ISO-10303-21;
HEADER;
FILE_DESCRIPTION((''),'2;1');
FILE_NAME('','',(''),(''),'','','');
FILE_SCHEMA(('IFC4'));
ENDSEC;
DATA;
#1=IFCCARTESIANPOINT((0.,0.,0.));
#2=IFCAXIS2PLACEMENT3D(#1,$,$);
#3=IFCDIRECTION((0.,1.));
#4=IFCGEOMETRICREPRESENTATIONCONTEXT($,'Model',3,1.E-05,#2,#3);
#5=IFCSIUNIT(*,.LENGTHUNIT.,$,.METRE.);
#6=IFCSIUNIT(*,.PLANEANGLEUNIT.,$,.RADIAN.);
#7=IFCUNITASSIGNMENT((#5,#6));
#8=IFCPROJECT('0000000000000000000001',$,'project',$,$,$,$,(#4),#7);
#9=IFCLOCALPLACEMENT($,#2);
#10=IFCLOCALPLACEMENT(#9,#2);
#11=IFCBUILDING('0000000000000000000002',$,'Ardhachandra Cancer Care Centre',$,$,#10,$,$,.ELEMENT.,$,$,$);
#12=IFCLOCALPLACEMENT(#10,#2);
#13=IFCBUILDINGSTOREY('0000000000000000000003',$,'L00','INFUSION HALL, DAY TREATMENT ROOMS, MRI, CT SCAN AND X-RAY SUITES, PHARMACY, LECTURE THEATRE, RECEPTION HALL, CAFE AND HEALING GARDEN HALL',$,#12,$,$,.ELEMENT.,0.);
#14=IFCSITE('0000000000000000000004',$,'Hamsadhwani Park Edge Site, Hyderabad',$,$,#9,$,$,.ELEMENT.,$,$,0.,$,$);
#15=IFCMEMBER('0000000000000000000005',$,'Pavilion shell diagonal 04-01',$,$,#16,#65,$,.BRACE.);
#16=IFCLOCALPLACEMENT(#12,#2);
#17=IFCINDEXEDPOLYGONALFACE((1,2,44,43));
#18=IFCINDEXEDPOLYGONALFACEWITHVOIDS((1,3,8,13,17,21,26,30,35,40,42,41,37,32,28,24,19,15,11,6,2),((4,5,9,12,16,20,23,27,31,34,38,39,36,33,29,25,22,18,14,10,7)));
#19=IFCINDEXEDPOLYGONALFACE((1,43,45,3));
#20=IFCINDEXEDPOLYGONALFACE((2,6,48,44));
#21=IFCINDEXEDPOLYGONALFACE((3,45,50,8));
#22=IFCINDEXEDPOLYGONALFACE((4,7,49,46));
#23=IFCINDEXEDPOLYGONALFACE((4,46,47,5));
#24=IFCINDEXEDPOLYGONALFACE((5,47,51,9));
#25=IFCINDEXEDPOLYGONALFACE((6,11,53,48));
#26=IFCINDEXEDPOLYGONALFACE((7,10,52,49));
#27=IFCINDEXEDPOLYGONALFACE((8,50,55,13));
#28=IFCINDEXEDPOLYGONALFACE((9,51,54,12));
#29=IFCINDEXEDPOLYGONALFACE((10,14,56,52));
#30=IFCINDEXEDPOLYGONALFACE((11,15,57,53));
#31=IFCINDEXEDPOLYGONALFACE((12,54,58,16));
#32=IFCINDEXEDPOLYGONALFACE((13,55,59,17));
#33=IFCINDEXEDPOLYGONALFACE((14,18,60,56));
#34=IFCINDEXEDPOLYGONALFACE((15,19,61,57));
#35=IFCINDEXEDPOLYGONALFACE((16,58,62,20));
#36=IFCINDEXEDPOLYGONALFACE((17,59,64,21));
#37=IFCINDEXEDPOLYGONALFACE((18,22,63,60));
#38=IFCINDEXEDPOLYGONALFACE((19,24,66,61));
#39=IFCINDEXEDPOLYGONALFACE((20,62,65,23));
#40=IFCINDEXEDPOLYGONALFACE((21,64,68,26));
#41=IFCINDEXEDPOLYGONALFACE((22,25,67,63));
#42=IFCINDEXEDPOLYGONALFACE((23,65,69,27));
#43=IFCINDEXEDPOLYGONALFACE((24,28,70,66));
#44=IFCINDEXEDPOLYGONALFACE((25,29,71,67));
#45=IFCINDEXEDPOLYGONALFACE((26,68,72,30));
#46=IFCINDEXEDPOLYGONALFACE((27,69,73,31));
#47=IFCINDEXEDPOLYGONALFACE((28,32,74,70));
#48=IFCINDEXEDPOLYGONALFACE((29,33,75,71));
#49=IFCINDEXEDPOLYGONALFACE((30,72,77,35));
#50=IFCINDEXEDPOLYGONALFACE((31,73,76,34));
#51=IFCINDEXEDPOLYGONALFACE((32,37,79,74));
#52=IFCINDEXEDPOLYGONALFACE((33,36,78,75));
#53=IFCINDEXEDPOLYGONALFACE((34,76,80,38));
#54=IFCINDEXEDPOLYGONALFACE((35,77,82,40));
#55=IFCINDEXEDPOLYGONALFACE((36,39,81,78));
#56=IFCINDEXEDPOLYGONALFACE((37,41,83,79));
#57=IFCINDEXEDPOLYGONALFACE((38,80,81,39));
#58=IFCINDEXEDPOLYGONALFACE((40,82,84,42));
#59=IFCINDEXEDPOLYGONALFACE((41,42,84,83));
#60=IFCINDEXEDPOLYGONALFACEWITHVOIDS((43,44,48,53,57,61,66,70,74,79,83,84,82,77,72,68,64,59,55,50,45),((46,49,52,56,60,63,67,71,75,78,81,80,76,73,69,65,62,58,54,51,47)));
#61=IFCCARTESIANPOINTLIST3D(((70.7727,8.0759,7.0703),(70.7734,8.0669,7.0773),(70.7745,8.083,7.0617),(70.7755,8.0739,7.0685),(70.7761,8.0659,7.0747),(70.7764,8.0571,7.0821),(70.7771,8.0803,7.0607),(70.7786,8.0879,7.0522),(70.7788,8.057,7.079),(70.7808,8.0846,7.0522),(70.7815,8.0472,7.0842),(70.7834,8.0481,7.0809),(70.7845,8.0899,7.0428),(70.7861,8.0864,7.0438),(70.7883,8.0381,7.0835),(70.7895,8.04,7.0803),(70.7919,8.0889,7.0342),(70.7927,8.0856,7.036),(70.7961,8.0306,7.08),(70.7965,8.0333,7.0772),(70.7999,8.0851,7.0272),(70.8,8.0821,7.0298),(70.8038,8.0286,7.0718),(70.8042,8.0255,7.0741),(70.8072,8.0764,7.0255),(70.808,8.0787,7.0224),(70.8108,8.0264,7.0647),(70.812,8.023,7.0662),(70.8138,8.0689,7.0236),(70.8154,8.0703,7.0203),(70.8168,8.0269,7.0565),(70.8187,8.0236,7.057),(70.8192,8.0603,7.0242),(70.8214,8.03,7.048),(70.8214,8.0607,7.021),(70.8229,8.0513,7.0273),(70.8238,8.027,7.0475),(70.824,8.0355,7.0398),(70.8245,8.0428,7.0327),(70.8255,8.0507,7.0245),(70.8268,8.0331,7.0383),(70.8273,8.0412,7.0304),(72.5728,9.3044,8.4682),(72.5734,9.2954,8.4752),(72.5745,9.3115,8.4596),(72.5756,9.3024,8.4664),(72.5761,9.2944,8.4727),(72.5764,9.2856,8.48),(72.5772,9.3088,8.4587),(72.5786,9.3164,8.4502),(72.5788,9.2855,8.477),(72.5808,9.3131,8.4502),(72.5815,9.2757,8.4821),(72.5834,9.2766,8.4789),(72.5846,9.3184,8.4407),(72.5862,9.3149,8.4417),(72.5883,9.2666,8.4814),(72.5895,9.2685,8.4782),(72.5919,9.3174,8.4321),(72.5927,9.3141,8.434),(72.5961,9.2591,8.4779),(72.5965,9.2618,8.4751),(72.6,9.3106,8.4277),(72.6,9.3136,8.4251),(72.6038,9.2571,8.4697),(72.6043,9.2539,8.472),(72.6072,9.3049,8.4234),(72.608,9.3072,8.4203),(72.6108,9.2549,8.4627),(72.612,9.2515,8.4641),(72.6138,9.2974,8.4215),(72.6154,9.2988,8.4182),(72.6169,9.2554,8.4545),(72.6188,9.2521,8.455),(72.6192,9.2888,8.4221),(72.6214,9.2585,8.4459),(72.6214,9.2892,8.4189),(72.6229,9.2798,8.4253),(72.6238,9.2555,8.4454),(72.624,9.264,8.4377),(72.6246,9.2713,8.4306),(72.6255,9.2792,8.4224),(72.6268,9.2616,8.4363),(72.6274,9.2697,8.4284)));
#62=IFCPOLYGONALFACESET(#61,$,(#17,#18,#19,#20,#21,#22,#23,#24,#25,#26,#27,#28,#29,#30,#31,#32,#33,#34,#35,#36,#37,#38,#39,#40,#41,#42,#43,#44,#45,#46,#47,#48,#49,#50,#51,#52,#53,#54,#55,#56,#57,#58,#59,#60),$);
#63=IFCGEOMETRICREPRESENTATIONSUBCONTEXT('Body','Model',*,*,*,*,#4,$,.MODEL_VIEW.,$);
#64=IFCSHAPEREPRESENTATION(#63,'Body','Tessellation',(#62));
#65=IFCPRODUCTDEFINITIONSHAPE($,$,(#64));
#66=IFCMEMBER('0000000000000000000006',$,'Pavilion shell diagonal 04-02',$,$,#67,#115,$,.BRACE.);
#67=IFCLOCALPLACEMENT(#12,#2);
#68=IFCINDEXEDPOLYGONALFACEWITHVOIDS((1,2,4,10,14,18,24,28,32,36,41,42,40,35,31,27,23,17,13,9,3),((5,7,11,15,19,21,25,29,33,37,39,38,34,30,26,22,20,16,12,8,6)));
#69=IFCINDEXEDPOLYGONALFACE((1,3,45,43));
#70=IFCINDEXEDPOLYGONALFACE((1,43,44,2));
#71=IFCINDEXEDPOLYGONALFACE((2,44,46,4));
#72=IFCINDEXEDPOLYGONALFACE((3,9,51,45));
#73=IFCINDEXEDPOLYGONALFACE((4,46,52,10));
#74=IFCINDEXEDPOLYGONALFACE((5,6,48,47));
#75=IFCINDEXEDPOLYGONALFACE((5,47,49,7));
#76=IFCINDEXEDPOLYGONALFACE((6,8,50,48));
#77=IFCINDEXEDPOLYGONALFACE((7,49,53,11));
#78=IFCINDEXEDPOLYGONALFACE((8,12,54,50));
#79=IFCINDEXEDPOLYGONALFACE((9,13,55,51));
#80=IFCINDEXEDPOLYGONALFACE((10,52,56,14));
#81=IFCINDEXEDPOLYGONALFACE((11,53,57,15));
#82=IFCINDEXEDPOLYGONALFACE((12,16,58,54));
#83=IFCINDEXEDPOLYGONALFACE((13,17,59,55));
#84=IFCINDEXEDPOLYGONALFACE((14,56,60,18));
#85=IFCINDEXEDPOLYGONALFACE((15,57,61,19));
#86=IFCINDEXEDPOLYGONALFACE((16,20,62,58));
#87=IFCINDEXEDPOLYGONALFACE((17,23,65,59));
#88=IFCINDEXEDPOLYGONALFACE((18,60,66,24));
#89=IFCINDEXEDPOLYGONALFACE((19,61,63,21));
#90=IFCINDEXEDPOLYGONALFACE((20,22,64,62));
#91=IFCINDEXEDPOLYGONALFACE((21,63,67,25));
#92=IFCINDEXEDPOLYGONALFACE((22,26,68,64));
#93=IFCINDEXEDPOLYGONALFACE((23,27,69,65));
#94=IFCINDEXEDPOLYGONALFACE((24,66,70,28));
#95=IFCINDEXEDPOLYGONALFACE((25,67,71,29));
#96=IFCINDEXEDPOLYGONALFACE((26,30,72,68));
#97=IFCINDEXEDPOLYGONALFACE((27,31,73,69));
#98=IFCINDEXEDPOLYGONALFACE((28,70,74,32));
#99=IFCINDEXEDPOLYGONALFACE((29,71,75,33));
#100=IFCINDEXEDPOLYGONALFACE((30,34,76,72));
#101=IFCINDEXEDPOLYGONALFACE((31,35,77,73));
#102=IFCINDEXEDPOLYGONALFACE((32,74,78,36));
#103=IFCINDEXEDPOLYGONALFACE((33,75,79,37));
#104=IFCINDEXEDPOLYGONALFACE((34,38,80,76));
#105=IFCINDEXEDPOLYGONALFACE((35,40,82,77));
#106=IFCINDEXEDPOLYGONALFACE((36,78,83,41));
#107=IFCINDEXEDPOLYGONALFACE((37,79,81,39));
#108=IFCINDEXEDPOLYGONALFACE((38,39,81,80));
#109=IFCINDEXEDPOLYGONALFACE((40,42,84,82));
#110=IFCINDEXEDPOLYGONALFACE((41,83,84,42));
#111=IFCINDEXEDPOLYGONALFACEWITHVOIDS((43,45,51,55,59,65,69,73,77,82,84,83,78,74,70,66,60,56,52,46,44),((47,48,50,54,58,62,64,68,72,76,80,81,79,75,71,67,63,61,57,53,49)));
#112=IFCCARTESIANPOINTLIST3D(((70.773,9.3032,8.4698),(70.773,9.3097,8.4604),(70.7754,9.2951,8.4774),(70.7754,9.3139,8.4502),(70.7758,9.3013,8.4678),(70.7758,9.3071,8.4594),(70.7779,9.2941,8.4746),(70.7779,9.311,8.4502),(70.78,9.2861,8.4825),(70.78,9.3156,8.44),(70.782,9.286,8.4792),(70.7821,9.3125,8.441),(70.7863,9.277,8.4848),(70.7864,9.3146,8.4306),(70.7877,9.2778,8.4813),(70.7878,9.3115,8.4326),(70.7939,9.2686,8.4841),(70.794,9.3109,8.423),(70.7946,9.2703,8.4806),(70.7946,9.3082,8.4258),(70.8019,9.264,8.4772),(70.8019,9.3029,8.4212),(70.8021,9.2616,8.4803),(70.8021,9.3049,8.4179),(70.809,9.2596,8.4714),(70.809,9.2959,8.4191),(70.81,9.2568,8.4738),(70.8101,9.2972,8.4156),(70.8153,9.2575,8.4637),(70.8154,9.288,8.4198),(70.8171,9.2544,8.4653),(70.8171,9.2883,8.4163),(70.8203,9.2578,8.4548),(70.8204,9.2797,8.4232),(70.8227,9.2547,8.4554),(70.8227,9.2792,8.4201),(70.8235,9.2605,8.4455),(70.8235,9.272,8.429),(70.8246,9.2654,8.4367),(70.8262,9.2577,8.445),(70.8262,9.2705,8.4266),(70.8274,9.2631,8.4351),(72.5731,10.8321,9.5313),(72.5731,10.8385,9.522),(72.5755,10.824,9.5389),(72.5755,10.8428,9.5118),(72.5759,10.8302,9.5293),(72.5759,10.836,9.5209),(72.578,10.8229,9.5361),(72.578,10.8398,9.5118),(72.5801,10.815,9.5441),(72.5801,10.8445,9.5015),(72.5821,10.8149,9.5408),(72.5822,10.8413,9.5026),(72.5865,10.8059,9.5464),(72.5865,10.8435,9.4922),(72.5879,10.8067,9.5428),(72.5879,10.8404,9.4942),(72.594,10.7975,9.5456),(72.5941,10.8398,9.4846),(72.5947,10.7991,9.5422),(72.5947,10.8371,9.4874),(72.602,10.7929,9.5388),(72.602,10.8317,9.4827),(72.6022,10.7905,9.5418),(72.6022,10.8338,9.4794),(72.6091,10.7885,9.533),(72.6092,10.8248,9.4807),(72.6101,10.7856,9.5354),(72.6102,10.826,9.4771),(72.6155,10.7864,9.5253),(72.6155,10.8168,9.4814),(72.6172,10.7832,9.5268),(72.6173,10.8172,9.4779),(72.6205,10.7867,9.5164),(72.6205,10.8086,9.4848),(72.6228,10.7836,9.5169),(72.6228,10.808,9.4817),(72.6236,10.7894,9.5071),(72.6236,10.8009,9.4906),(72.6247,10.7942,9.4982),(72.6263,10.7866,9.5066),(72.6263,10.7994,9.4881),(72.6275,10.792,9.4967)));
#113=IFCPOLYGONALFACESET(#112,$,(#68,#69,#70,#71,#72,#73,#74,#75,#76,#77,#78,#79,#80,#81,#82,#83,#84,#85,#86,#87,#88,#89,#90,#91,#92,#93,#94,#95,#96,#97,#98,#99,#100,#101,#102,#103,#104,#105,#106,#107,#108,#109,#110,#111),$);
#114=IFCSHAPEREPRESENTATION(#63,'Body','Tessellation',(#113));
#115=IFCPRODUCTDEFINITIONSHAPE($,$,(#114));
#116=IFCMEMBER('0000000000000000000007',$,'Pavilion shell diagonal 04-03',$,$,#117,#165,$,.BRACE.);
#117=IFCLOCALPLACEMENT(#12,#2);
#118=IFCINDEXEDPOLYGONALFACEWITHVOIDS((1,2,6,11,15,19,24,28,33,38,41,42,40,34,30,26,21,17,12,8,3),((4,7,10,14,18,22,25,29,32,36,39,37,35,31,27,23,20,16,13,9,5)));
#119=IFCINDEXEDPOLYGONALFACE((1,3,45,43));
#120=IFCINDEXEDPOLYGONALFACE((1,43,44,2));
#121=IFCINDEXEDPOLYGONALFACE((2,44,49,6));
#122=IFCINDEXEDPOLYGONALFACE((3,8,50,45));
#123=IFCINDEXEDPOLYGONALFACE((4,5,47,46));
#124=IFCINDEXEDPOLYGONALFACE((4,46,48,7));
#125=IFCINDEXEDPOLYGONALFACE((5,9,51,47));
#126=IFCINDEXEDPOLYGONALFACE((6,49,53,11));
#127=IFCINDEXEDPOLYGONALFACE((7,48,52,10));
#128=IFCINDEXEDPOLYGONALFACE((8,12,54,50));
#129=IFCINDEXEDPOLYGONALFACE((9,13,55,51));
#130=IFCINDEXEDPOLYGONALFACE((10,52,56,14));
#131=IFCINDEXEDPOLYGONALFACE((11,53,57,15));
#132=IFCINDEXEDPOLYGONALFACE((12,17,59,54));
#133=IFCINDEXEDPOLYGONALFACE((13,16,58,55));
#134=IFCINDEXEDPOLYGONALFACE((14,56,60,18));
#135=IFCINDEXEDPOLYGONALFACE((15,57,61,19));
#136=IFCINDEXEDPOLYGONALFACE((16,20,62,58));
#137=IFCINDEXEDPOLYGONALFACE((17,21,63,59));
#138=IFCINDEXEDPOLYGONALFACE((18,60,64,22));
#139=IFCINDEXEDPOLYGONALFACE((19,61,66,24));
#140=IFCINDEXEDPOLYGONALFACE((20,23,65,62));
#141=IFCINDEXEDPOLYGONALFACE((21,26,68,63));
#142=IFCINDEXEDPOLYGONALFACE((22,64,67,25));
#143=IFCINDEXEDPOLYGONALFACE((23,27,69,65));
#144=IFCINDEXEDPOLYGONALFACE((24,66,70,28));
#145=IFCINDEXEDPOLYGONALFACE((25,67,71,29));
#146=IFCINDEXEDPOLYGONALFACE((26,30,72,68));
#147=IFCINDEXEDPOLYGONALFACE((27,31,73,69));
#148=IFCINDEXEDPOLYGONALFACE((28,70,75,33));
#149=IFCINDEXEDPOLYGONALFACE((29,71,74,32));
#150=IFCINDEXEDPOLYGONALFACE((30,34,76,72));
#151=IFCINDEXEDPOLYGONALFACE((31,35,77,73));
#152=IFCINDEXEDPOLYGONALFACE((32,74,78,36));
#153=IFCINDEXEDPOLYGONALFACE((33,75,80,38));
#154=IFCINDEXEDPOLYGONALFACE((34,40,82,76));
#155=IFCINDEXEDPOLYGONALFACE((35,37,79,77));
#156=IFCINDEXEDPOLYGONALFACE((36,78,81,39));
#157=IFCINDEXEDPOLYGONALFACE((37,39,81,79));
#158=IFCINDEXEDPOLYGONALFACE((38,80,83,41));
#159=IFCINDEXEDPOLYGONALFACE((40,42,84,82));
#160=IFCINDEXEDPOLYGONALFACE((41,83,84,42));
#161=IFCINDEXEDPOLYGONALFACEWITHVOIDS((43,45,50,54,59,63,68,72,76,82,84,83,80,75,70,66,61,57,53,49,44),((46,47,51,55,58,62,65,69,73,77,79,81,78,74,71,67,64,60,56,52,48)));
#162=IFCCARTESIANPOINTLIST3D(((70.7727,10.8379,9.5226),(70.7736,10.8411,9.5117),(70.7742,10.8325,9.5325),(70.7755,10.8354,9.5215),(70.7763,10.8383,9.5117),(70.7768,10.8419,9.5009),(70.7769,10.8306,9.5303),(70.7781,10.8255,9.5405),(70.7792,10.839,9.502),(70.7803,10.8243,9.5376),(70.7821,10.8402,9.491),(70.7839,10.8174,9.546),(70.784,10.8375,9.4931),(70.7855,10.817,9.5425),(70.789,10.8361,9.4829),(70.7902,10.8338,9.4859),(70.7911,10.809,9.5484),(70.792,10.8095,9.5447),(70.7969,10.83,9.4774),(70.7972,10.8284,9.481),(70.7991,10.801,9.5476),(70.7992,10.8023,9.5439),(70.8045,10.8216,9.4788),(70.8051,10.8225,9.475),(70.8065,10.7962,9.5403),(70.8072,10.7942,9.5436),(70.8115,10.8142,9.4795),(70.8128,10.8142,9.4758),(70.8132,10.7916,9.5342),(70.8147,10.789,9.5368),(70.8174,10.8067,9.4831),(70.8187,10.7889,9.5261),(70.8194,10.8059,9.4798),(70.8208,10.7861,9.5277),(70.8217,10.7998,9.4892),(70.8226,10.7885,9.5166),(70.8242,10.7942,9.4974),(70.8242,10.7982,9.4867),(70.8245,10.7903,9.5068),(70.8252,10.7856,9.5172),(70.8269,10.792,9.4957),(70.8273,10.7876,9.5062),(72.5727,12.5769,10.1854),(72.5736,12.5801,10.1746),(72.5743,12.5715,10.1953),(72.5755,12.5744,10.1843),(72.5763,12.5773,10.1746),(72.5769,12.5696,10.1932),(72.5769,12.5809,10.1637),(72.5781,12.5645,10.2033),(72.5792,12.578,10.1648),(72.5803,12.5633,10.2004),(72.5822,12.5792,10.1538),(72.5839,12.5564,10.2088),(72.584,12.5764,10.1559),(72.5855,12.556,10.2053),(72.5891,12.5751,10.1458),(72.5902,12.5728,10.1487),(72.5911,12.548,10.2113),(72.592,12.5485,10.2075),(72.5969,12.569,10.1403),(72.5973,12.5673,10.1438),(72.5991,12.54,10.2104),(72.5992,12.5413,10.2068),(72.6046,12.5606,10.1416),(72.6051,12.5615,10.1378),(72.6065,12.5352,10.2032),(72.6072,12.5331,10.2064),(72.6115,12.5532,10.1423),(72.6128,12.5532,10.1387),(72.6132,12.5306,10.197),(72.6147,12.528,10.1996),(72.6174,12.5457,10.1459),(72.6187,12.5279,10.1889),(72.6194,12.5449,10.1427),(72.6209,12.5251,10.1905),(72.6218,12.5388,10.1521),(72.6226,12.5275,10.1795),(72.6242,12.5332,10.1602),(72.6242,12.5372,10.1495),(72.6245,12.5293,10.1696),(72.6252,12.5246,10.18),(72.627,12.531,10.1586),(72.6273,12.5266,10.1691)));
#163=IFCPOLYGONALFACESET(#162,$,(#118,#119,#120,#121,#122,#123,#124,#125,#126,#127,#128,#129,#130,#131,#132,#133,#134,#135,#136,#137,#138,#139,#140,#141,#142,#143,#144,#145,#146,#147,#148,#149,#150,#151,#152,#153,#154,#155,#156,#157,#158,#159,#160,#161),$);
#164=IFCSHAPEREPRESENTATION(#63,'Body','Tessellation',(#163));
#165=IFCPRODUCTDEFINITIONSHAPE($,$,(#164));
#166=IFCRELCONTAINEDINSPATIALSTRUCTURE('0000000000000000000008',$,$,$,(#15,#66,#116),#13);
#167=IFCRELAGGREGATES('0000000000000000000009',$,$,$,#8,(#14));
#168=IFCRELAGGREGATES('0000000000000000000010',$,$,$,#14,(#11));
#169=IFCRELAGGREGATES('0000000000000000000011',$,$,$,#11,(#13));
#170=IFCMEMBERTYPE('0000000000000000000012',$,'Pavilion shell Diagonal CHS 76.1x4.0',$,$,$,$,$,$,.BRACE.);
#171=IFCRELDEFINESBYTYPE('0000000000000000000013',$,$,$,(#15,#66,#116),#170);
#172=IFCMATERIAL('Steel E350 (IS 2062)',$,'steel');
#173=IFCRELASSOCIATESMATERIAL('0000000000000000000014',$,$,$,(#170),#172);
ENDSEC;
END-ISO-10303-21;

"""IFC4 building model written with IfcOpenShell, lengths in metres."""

from ifc_helpers import new_model, si_unit, direction, frame, origin, origin_2d, place, context, subcontext, project, spatial, hollow_circle, extrude, material, material_profile, profile_set, type_object, element, save


model = new_model("IFC4")

# Units and contexts
model_context = context("Model", 3, precision=1e-05, world=origin(), true_north=direction((0.0, 1.0)))
body_context = subcontext(model_context, "Body", "Model", "MODEL_VIEW")
ifc_project = project(units=[si_unit("LENGTHUNIT", "METRE"), si_unit("PLANEANGLEUNIT", "RADIAN")], contexts=[model_context])

# Site, building, storey
site_placement = place(None, origin())
site = spatial("IfcSite", under=ifc_project, at=site_placement, Name="Hamsadhwani Park Edge Site, Hyderabad", CompositionType="ELEMENT", RefElevation=0.0)
building_placement = place(site_placement, origin())
building = spatial("IfcBuilding", under=site, at=building_placement, Name="Ardhachandra Cancer Care Centre", CompositionType="ELEMENT")
storey_placement = place(building_placement, origin())
storey = spatial("IfcBuildingStorey", under=building, at=storey_placement, Name="L00", Description="INFUSION HALL, DAY TREATMENT ROOMS, MRI, CT SCAN AND X-RAY SUITES, PHARMACY, LECTURE THEATRE, RECEPTION HALL, CAFE AND HEALING GARDEN HALL", CompositionType="ELEMENT", Elevation=0.0)

# Members
ifc_material_1 = material(Name="Steel E350 (IS 2062)", Category="steel")
ifc_material_profile_1 = material_profile(ifc_material_1, hollow_circle(Radius=0.0381, WallThickness=0.0039, at=origin_2d()), Name="CHS 76.1x4.0")
ifc_profile_set_1 = profile_set([ifc_material_profile_1], Name="Steel E350 (IS 2062)")
member_type_1 = type_object("IfcMemberType", Name="Pavilion shell Diagonal CHS 76.1x4.0", PredefinedType="BRACE", material=ifc_profile_set_1)
member_1_placement = place(storey_placement, frame((70.8, 8.0564, 7.0522), z_axis=(0.695228, 0.474486, 0.539926), x_axis=(-0.563716, 0.825969, 0.0)))
element("IfcMember", 1, at=member_1_placement, inside=storey, type_object=member_type_1, Name="Pavilion shell diagonal 04-01", PredefinedType="BRACE", context=body_context, shape_type="SweptSolid", body=[
    extrude(hollow_circle(Radius=0.0381, WallThickness=0.0039, at=origin_2d()), origin(), (0.0, 0.0, 1.0), 2.5891),
])
member_2_placement = place(storey_placement, frame((70.8, 9.2849, 8.4502), z_axis=(0.695198, 0.590442, 0.409972), x_axis=(-0.647345, 0.762197, 0.0)))
element("IfcMember", 2, at=member_2_placement, inside=storey, type_object=member_type_1, Name="Pavilion shell diagonal 04-02", PredefinedType="BRACE", context=body_context, shape_type="SweptSolid", body=[
    extrude(hollow_circle(Radius=0.0381, WallThickness=0.0039, at=origin_2d()), origin(), (0.0, 0.0, 1.0), 2.5894),
])
for number, where, z_axis, x_axis, name in (
    (3, (70.8, 10.8137, 9.5117), (0.695227, 0.671654, 0.256007), (-0.694809, 0.719195, 0.0), "Pavilion shell diagonal 04-03"),
):
    element("IfcMember", number, at=place(storey_placement, frame(where, z_axis=z_axis, x_axis=x_axis)), inside=storey, type_object=member_type_1, Name=name, PredefinedType="BRACE", context=body_context, shape_type="SweptSolid", body=[
        extrude(hollow_circle(Radius=0.0381, WallThickness=0.0039, at=origin_2d()), origin(), (0.0, 0.0, 1.0), 2.5891),
    ])

save(model, "model.ifc")
